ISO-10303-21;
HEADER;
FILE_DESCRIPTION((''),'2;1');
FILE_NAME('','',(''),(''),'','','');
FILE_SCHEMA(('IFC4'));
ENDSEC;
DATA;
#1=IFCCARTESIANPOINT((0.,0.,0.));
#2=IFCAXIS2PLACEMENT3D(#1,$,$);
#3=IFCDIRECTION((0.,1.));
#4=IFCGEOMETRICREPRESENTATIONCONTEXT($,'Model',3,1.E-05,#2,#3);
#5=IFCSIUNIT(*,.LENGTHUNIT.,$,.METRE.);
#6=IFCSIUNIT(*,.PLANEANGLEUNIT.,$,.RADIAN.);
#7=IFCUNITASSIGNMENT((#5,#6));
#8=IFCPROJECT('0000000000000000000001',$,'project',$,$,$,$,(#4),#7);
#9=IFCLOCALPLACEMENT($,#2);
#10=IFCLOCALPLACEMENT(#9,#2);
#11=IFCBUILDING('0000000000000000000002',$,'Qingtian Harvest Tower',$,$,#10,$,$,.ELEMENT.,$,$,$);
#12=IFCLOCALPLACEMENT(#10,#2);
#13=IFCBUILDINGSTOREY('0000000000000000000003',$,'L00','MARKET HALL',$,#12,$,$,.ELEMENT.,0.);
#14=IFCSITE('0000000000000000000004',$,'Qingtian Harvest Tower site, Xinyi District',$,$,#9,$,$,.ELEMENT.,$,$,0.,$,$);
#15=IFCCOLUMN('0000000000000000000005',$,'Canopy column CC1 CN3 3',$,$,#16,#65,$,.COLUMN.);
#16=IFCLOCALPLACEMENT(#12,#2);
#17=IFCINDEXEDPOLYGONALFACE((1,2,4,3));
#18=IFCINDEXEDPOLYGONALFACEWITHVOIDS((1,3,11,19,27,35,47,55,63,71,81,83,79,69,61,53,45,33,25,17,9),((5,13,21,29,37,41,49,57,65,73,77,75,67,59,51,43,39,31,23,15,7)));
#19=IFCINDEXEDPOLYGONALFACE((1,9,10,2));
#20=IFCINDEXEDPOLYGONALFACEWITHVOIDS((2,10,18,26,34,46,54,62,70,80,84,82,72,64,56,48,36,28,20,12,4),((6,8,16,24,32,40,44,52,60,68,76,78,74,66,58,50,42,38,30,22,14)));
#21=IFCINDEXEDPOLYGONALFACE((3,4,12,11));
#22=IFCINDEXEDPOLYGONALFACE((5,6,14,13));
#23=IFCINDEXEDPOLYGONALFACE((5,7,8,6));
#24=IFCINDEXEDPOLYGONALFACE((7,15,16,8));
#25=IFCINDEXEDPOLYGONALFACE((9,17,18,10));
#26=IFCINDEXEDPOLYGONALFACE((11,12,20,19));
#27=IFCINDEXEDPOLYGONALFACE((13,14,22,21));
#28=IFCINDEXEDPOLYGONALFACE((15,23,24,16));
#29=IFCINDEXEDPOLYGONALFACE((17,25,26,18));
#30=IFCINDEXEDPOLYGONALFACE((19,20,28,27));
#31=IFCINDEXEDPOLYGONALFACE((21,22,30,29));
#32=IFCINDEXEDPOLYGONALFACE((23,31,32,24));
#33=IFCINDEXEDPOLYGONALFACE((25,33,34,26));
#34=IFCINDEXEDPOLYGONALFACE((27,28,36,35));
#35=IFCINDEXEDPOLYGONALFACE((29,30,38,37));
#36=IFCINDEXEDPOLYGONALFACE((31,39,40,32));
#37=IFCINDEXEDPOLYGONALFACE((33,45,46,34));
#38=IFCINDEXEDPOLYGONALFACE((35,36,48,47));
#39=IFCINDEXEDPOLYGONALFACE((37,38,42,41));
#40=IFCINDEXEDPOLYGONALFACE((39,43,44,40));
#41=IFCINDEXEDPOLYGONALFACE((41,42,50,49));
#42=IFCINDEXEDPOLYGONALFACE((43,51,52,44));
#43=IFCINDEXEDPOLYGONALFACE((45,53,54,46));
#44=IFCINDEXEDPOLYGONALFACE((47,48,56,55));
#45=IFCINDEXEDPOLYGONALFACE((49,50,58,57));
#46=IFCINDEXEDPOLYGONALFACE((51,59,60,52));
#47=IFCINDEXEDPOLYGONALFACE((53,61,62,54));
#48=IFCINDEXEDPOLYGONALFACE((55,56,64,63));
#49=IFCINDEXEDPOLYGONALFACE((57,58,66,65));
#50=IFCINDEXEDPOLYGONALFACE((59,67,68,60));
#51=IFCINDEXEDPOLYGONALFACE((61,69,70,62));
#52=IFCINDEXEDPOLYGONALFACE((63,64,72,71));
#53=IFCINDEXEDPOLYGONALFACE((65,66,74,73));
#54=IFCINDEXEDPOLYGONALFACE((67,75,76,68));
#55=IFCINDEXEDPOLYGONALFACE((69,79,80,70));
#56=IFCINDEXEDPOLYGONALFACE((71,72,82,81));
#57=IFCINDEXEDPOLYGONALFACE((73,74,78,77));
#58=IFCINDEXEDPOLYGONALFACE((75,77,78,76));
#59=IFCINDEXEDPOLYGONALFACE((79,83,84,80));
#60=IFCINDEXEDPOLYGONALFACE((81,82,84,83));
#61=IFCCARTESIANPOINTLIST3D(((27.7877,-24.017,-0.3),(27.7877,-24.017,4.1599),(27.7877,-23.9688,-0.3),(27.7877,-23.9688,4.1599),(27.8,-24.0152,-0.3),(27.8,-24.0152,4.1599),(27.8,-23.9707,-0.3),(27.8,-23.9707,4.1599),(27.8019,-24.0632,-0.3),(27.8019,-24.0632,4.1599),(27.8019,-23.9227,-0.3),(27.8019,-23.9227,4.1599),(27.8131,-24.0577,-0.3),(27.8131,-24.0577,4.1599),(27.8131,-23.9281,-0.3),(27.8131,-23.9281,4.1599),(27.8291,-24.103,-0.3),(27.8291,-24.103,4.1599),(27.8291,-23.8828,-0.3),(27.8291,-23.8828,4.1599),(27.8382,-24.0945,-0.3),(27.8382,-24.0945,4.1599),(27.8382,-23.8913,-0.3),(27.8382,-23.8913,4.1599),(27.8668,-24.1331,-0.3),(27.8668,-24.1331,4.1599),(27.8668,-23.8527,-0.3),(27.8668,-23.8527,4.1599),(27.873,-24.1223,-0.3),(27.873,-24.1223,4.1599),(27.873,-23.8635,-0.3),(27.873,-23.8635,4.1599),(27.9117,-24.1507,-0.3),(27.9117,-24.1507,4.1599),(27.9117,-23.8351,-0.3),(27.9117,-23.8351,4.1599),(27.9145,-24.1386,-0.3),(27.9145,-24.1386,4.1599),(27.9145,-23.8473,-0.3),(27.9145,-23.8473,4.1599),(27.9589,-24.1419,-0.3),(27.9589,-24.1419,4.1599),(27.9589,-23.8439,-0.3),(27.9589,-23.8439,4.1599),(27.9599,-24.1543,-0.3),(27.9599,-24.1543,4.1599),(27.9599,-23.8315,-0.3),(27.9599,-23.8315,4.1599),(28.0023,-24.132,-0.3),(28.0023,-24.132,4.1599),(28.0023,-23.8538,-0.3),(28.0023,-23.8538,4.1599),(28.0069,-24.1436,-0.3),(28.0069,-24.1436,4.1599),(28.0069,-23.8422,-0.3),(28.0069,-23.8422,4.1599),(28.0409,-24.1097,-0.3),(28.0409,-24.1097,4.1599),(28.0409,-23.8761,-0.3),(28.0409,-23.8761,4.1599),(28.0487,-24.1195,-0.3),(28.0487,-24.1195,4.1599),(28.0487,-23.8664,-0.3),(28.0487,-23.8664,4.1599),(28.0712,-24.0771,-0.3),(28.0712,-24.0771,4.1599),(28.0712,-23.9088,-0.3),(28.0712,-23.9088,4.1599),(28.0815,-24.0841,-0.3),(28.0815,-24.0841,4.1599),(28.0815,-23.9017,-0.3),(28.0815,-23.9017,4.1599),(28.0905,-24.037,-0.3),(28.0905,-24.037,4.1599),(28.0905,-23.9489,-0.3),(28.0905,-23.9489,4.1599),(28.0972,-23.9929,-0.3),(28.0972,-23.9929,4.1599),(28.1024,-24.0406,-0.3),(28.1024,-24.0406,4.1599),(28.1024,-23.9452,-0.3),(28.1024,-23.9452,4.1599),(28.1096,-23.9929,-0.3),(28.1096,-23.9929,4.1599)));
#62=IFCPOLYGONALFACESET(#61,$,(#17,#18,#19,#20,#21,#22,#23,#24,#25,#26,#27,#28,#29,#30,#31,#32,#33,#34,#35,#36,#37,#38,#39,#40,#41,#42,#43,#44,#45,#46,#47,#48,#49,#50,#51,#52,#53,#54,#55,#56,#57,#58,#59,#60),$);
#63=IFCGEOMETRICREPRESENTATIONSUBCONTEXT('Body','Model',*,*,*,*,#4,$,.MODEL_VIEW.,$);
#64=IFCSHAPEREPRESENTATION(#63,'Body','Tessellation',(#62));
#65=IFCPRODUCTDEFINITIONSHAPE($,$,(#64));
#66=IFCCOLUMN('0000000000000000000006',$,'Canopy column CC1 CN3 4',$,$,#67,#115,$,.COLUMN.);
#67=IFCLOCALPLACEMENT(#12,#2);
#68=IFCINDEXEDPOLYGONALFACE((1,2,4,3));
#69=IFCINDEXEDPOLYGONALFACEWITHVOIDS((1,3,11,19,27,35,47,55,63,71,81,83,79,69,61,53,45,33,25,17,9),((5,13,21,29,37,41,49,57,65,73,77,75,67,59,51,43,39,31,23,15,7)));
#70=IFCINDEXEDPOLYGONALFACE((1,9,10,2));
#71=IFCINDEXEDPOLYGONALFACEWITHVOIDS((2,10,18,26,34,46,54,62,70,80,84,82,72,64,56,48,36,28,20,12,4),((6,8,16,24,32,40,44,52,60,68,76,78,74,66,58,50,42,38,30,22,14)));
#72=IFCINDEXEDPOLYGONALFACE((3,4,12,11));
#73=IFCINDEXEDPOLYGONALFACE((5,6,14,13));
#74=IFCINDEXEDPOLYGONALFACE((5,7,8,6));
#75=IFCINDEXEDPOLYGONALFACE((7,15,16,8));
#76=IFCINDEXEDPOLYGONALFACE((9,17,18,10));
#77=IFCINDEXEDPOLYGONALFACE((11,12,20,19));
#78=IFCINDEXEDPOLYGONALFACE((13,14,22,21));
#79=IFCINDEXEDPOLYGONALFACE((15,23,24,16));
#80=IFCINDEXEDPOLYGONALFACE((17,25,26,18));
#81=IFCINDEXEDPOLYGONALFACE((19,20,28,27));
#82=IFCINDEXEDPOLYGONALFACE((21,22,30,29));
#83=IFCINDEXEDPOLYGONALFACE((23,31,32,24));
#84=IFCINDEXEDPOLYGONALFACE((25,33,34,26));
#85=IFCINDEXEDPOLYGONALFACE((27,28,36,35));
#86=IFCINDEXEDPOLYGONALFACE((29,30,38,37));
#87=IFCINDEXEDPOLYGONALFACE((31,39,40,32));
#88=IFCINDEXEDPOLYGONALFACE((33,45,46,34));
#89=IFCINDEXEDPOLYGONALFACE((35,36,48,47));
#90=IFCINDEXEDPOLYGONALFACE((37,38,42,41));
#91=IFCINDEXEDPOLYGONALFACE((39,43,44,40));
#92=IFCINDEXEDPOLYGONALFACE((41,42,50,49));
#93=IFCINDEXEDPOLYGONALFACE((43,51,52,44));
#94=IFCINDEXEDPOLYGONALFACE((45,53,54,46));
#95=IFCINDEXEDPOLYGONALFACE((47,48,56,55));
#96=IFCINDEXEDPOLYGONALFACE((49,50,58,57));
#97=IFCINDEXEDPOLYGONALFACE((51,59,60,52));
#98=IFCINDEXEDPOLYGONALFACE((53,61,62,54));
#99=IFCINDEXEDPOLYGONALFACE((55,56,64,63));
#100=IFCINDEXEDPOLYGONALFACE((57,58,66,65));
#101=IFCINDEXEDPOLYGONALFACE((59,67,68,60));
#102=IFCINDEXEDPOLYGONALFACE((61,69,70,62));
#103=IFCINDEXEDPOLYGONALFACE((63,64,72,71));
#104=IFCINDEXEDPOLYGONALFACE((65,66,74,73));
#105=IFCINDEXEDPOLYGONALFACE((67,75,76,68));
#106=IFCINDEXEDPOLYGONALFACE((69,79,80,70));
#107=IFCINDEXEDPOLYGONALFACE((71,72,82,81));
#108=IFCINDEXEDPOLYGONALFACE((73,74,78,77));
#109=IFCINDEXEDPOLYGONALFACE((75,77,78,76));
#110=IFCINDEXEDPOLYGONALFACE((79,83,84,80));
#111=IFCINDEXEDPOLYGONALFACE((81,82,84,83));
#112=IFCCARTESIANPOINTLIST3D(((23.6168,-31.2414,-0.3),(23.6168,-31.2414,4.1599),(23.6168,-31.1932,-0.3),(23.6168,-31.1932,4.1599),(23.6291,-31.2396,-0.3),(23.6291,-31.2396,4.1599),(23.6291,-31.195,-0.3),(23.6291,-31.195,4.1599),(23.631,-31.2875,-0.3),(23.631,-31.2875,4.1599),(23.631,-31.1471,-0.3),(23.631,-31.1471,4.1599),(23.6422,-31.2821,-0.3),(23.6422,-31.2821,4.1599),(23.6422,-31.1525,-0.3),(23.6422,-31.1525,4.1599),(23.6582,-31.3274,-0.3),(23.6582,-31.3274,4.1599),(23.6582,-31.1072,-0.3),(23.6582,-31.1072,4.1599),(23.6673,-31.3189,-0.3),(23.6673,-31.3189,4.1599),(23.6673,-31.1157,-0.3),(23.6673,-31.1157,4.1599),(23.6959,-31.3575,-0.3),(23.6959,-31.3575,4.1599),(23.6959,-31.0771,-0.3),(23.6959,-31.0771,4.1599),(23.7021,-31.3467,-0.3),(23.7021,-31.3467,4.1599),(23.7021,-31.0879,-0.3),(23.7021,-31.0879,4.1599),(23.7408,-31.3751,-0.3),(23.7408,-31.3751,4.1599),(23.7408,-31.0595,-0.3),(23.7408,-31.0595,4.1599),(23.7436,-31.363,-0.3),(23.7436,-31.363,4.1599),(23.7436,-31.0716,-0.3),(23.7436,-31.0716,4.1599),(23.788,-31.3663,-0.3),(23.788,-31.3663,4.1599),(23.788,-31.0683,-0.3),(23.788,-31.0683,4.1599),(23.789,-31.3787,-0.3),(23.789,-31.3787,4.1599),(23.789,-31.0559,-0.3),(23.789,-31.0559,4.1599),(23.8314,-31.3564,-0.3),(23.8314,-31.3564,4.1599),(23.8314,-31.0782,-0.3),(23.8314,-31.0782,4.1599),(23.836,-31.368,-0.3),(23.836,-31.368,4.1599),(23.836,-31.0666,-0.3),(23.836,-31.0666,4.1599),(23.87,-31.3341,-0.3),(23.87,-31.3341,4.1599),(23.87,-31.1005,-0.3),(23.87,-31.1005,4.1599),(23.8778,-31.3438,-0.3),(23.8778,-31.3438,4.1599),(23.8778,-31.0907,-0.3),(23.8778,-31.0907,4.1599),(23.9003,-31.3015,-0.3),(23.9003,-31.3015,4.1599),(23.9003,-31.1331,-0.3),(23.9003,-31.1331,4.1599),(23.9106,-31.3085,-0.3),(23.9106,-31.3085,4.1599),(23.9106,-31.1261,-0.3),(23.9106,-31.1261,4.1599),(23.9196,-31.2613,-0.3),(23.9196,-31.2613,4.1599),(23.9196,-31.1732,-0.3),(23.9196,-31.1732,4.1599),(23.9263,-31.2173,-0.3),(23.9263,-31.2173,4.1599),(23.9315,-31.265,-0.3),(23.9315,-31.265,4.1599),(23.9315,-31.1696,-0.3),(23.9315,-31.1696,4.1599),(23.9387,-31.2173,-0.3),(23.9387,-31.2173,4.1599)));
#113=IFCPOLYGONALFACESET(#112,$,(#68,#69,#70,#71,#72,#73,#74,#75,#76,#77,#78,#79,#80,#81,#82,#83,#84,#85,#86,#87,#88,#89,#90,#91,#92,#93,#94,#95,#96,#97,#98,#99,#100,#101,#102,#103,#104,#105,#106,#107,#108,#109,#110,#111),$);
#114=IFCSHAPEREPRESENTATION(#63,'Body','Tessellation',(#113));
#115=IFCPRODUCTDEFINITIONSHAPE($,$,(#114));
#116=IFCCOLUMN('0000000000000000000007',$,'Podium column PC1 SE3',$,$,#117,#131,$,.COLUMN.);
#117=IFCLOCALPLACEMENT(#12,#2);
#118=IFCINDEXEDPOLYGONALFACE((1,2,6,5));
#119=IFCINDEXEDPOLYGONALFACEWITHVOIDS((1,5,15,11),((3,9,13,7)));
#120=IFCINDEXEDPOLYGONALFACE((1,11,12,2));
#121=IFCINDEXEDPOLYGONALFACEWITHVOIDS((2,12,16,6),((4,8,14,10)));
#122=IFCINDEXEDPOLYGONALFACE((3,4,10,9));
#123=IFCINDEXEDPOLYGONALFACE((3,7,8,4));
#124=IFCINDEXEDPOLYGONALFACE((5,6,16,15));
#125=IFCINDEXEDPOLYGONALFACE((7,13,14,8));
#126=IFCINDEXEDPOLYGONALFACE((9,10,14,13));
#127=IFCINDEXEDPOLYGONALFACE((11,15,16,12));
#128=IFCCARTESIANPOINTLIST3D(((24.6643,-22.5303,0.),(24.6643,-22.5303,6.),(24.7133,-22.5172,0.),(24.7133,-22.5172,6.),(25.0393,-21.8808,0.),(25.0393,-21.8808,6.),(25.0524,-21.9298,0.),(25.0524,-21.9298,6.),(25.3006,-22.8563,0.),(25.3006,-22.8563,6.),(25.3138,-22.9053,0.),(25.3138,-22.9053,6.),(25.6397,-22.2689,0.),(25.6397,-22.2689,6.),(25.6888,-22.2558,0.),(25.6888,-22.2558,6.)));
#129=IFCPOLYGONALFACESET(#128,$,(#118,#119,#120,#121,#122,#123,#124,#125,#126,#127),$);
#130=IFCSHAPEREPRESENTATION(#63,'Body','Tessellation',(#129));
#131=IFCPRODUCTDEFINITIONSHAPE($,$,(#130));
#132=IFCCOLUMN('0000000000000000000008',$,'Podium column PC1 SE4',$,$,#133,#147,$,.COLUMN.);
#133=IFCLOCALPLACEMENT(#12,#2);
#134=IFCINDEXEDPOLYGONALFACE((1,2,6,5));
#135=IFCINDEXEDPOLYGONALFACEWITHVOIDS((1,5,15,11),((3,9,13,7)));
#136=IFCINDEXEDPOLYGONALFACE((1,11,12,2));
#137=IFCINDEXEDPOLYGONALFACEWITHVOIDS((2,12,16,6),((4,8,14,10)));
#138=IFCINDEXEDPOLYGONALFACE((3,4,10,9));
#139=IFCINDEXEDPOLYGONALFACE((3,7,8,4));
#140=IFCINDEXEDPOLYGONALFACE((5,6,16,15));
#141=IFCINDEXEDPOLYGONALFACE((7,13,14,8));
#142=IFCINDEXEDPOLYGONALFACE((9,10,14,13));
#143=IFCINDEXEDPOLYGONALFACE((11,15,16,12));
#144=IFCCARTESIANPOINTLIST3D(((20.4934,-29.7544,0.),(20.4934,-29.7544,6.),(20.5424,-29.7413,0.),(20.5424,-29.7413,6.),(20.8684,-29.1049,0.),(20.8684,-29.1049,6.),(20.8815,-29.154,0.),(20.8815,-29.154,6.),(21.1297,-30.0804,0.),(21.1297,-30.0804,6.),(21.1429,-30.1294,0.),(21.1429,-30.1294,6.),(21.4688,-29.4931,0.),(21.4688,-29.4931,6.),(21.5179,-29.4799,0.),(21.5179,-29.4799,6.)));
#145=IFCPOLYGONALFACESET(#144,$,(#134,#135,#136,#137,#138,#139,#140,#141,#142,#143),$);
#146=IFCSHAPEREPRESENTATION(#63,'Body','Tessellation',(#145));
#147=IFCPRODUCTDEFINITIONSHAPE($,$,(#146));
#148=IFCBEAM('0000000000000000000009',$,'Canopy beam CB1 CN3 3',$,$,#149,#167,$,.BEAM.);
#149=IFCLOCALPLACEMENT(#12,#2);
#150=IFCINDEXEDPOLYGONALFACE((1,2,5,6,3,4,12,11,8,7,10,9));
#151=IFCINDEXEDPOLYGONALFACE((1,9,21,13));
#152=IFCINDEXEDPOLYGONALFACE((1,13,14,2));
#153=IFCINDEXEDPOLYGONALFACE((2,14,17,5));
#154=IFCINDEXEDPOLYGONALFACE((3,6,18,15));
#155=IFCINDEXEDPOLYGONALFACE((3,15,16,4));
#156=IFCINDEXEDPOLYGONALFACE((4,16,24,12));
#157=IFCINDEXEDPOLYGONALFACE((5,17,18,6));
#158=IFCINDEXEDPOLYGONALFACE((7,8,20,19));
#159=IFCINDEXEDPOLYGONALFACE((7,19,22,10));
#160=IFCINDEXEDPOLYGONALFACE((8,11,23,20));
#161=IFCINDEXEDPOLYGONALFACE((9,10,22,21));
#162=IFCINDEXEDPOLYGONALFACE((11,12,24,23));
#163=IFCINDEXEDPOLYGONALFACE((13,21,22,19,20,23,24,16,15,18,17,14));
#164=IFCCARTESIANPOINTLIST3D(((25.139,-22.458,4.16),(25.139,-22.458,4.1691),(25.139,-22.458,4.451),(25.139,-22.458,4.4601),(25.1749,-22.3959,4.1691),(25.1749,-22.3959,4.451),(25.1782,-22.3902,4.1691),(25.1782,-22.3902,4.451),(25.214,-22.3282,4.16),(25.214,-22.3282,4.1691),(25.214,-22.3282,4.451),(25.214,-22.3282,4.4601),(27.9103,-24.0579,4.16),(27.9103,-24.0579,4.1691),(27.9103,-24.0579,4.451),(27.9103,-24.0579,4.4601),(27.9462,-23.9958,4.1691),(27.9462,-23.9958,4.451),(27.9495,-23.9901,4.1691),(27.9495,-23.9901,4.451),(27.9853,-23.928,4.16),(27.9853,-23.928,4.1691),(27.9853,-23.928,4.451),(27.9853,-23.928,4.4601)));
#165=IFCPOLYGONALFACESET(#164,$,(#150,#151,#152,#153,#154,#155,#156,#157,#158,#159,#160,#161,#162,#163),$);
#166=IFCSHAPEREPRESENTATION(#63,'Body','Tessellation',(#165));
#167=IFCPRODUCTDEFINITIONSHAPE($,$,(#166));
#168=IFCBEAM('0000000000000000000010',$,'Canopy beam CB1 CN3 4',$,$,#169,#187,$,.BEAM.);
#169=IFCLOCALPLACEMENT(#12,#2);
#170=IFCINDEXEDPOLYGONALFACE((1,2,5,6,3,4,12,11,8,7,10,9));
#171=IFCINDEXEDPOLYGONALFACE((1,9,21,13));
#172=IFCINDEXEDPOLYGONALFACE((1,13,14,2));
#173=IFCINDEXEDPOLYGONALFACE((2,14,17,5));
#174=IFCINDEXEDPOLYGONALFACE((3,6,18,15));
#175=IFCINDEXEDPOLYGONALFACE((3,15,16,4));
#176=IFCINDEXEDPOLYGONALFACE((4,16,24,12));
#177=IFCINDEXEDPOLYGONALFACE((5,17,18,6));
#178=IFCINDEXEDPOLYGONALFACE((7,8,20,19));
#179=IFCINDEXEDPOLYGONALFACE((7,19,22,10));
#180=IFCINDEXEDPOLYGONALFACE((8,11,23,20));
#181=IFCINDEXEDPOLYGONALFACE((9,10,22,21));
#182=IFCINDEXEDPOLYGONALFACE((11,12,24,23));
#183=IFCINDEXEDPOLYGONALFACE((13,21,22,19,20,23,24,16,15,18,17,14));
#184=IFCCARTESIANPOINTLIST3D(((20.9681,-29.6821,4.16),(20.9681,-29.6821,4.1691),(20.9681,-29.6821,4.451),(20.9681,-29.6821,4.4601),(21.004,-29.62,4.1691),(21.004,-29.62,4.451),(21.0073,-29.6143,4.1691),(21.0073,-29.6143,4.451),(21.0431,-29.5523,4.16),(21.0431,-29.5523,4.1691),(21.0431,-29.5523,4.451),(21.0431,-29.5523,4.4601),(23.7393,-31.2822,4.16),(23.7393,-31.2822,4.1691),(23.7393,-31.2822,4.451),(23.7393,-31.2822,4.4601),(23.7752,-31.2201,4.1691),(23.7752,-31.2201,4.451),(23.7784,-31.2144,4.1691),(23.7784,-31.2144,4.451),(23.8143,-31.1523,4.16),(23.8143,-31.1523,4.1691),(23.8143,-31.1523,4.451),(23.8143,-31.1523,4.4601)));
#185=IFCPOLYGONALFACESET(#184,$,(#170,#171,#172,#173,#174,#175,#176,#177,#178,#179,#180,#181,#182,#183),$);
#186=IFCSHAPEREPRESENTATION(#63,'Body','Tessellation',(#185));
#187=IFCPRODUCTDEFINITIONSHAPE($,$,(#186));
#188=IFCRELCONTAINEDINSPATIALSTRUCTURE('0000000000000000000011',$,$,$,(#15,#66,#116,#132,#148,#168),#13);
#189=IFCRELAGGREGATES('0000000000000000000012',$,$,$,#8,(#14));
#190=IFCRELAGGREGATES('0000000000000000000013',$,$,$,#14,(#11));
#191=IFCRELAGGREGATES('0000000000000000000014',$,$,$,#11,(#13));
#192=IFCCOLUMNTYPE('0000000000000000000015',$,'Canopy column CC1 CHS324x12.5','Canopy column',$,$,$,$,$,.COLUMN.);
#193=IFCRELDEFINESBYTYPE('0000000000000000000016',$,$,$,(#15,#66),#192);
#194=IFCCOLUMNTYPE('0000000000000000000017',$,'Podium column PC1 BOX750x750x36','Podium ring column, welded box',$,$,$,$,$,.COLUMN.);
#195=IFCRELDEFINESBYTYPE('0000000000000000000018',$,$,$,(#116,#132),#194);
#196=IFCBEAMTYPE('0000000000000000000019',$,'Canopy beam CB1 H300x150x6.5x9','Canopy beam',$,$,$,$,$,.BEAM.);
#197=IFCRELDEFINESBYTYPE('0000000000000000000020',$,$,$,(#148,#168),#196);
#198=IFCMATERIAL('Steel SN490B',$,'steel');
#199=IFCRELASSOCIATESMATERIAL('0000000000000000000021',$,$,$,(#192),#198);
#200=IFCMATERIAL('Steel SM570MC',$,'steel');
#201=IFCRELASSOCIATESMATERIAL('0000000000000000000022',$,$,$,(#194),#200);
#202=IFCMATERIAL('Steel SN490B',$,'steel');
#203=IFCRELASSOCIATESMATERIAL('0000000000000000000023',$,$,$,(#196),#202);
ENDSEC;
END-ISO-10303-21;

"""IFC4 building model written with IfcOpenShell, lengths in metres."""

from ifc_helpers import new_model, si_unit, direction, frame, origin, origin_2d, place, context, subcontext, project, spatial, hollow_rectangle, hollow_circle, i_section, extrude, material, material_profile, profile_set, type_object, element, save


model = new_model("IFC4")

# Units and contexts
model_context = context("Model", 3, precision=1e-05, world=origin(), true_north=direction((0.0, 1.0)))
body_context = subcontext(model_context, "Body", "Model", "MODEL_VIEW")
ifc_project = project(units=[si_unit("LENGTHUNIT", "METRE"), si_unit("PLANEANGLEUNIT", "RADIAN")], contexts=[model_context])

# Site, building, storey
site_placement = place(None, origin())
site = spatial("IfcSite", under=ifc_project, at=site_placement, Name="Qingtian Harvest Tower site, Xinyi District", CompositionType="ELEMENT", RefElevation=0.0)
building_placement = place(site_placement, origin())
building = spatial("IfcBuilding", under=site, at=building_placement, Name="Qingtian Harvest Tower", CompositionType="ELEMENT")
storey_placement = place(building_placement, origin())
storey = spatial("IfcBuildingStorey", under=building, at=storey_placement, Name="L00", Description="MARKET HALL", CompositionType="ELEMENT", Elevation=0.0)

# Columns
ifc_material_1 = material(Name="Steel SN490B", Category="steel")
ifc_material_profile_1 = material_profile(ifc_material_1, hollow_circle(Radius=0.1619, WallThickness=0.0125, at=origin_2d()), Name="CHS324x12.5")
ifc_profile_set_1 = profile_set([ifc_material_profile_1], Name="Steel SN490B")
column_type_1 = type_object("IfcColumnType", Name="Canopy column CC1 CHS324x12.5", Description="Canopy column", PredefinedType="COLUMN", material=ifc_profile_set_1)
for number, where, z_axis, x_axis, name in (
    (1, (27.9478, -23.9929, -0.3), (0.0, 0.0, 1.0), (1.0, 0.0, 0.0), "Canopy column CC1 CN3 3"),
    (2, (23.7769, -31.2173, -0.3), (0.0, 0.0, 1.0), (1.0, 0.0, 0.0), "Canopy column CC1 CN3 4"),
):
    element("IfcColumn", number, at=place(storey_placement, frame(where, z_axis=z_axis, x_axis=x_axis)), inside=storey, type_object=column_type_1, Name=name, PredefinedType="COLUMN", context=body_context, shape_type="SweptSolid", body=[
        extrude(hollow_circle(Radius=0.1619, WallThickness=0.0125, at=origin_2d()), origin(), (0.0, 0.0, 1.0), 4.46),
    ])
ifc_material_2 = material(Name="Steel SM570MC", Category="steel")
ifc_material_profile_2 = material_profile(ifc_material_2, hollow_rectangle(XDim=0.75, YDim=0.75, WallThickness=0.0359, at=origin_2d()), Name="BOX750x750x36")
ifc_profile_set_2 = profile_set([ifc_material_profile_2], Name="Steel SM570MC")
column_type_2 = type_object("IfcColumnType", Name="Podium column PC1 BOX750x750x36", Description="Podium ring column, welded box", PredefinedType="COLUMN", material=ifc_profile_set_2)
for number, where, z_axis, x_axis, name in (
    (3, (25.1765, -22.3931, 0.0), (0.0, 0.0, 1.0), (0.5, 0.866025, 0.0), "Podium column PC1 SE3"),
    (4, (21.0056, -29.6172, 0.0), (0.0, 0.0, 1.0), (0.5, 0.866025, 0.0), "Podium column PC1 SE4"),
):
    element("IfcColumn", number, at=place(storey_placement, frame(where, z_axis=z_axis, x_axis=x_axis)), inside=storey, type_object=column_type_2, Name=name, PredefinedType="COLUMN", context=body_context, shape_type="SweptSolid", body=[
        extrude(hollow_rectangle(XDim=0.75, YDim=0.75, WallThickness=0.0359, at=origin_2d()), origin(), (0.0, 0.0, 1.0), 6.0),
    ])

# Beams
ifc_material_3 = material(Name="Steel SN490B", Category="steel")
ifc_material_profile_3 = material_profile(ifc_material_3, i_section(OverallWidth=0.1499, OverallDepth=0.3, WebThickness=0.0066, FlangeThickness=0.009, at=origin_2d()), Name="H300x150x6.5x9")
ifc_profile_set_3 = profile_set([ifc_material_profile_3], Name="Steel SN490B")
beam_type_1 = type_object("IfcBeamType", Name="Canopy beam CB1 H300x150x6.5x9", Description="Canopy beam", PredefinedType="BEAM", material=ifc_profile_set_3)
for number, where, z_axis, x_axis, name in (
    (5, (25.1765, -22.3931, 4.3101), (0.866042, -0.499971, 0.0), (0.499971, 0.866042, 0.0), "Canopy beam CB1 CN3 3"),
    (6, (21.0056, -29.6172, 4.3101), (0.866009, -0.500028, 0.0), (0.500028, 0.866009, 0.0), "Canopy beam CB1 CN3 4"),
):
    element("IfcBeam", number, at=place(storey_placement, frame(where, z_axis=z_axis, x_axis=x_axis)), inside=storey, type_object=beam_type_1, Name=name, PredefinedType="BEAM", context=body_context, shape_type="SweptSolid", body=[
        extrude(i_section(OverallWidth=0.1499, OverallDepth=0.3, WebThickness=0.0066, FlangeThickness=0.009, at=origin_2d()), origin(), (0.0, 0.0, 1.0), 3.2),
    ])

save(model, "model.ifc")
